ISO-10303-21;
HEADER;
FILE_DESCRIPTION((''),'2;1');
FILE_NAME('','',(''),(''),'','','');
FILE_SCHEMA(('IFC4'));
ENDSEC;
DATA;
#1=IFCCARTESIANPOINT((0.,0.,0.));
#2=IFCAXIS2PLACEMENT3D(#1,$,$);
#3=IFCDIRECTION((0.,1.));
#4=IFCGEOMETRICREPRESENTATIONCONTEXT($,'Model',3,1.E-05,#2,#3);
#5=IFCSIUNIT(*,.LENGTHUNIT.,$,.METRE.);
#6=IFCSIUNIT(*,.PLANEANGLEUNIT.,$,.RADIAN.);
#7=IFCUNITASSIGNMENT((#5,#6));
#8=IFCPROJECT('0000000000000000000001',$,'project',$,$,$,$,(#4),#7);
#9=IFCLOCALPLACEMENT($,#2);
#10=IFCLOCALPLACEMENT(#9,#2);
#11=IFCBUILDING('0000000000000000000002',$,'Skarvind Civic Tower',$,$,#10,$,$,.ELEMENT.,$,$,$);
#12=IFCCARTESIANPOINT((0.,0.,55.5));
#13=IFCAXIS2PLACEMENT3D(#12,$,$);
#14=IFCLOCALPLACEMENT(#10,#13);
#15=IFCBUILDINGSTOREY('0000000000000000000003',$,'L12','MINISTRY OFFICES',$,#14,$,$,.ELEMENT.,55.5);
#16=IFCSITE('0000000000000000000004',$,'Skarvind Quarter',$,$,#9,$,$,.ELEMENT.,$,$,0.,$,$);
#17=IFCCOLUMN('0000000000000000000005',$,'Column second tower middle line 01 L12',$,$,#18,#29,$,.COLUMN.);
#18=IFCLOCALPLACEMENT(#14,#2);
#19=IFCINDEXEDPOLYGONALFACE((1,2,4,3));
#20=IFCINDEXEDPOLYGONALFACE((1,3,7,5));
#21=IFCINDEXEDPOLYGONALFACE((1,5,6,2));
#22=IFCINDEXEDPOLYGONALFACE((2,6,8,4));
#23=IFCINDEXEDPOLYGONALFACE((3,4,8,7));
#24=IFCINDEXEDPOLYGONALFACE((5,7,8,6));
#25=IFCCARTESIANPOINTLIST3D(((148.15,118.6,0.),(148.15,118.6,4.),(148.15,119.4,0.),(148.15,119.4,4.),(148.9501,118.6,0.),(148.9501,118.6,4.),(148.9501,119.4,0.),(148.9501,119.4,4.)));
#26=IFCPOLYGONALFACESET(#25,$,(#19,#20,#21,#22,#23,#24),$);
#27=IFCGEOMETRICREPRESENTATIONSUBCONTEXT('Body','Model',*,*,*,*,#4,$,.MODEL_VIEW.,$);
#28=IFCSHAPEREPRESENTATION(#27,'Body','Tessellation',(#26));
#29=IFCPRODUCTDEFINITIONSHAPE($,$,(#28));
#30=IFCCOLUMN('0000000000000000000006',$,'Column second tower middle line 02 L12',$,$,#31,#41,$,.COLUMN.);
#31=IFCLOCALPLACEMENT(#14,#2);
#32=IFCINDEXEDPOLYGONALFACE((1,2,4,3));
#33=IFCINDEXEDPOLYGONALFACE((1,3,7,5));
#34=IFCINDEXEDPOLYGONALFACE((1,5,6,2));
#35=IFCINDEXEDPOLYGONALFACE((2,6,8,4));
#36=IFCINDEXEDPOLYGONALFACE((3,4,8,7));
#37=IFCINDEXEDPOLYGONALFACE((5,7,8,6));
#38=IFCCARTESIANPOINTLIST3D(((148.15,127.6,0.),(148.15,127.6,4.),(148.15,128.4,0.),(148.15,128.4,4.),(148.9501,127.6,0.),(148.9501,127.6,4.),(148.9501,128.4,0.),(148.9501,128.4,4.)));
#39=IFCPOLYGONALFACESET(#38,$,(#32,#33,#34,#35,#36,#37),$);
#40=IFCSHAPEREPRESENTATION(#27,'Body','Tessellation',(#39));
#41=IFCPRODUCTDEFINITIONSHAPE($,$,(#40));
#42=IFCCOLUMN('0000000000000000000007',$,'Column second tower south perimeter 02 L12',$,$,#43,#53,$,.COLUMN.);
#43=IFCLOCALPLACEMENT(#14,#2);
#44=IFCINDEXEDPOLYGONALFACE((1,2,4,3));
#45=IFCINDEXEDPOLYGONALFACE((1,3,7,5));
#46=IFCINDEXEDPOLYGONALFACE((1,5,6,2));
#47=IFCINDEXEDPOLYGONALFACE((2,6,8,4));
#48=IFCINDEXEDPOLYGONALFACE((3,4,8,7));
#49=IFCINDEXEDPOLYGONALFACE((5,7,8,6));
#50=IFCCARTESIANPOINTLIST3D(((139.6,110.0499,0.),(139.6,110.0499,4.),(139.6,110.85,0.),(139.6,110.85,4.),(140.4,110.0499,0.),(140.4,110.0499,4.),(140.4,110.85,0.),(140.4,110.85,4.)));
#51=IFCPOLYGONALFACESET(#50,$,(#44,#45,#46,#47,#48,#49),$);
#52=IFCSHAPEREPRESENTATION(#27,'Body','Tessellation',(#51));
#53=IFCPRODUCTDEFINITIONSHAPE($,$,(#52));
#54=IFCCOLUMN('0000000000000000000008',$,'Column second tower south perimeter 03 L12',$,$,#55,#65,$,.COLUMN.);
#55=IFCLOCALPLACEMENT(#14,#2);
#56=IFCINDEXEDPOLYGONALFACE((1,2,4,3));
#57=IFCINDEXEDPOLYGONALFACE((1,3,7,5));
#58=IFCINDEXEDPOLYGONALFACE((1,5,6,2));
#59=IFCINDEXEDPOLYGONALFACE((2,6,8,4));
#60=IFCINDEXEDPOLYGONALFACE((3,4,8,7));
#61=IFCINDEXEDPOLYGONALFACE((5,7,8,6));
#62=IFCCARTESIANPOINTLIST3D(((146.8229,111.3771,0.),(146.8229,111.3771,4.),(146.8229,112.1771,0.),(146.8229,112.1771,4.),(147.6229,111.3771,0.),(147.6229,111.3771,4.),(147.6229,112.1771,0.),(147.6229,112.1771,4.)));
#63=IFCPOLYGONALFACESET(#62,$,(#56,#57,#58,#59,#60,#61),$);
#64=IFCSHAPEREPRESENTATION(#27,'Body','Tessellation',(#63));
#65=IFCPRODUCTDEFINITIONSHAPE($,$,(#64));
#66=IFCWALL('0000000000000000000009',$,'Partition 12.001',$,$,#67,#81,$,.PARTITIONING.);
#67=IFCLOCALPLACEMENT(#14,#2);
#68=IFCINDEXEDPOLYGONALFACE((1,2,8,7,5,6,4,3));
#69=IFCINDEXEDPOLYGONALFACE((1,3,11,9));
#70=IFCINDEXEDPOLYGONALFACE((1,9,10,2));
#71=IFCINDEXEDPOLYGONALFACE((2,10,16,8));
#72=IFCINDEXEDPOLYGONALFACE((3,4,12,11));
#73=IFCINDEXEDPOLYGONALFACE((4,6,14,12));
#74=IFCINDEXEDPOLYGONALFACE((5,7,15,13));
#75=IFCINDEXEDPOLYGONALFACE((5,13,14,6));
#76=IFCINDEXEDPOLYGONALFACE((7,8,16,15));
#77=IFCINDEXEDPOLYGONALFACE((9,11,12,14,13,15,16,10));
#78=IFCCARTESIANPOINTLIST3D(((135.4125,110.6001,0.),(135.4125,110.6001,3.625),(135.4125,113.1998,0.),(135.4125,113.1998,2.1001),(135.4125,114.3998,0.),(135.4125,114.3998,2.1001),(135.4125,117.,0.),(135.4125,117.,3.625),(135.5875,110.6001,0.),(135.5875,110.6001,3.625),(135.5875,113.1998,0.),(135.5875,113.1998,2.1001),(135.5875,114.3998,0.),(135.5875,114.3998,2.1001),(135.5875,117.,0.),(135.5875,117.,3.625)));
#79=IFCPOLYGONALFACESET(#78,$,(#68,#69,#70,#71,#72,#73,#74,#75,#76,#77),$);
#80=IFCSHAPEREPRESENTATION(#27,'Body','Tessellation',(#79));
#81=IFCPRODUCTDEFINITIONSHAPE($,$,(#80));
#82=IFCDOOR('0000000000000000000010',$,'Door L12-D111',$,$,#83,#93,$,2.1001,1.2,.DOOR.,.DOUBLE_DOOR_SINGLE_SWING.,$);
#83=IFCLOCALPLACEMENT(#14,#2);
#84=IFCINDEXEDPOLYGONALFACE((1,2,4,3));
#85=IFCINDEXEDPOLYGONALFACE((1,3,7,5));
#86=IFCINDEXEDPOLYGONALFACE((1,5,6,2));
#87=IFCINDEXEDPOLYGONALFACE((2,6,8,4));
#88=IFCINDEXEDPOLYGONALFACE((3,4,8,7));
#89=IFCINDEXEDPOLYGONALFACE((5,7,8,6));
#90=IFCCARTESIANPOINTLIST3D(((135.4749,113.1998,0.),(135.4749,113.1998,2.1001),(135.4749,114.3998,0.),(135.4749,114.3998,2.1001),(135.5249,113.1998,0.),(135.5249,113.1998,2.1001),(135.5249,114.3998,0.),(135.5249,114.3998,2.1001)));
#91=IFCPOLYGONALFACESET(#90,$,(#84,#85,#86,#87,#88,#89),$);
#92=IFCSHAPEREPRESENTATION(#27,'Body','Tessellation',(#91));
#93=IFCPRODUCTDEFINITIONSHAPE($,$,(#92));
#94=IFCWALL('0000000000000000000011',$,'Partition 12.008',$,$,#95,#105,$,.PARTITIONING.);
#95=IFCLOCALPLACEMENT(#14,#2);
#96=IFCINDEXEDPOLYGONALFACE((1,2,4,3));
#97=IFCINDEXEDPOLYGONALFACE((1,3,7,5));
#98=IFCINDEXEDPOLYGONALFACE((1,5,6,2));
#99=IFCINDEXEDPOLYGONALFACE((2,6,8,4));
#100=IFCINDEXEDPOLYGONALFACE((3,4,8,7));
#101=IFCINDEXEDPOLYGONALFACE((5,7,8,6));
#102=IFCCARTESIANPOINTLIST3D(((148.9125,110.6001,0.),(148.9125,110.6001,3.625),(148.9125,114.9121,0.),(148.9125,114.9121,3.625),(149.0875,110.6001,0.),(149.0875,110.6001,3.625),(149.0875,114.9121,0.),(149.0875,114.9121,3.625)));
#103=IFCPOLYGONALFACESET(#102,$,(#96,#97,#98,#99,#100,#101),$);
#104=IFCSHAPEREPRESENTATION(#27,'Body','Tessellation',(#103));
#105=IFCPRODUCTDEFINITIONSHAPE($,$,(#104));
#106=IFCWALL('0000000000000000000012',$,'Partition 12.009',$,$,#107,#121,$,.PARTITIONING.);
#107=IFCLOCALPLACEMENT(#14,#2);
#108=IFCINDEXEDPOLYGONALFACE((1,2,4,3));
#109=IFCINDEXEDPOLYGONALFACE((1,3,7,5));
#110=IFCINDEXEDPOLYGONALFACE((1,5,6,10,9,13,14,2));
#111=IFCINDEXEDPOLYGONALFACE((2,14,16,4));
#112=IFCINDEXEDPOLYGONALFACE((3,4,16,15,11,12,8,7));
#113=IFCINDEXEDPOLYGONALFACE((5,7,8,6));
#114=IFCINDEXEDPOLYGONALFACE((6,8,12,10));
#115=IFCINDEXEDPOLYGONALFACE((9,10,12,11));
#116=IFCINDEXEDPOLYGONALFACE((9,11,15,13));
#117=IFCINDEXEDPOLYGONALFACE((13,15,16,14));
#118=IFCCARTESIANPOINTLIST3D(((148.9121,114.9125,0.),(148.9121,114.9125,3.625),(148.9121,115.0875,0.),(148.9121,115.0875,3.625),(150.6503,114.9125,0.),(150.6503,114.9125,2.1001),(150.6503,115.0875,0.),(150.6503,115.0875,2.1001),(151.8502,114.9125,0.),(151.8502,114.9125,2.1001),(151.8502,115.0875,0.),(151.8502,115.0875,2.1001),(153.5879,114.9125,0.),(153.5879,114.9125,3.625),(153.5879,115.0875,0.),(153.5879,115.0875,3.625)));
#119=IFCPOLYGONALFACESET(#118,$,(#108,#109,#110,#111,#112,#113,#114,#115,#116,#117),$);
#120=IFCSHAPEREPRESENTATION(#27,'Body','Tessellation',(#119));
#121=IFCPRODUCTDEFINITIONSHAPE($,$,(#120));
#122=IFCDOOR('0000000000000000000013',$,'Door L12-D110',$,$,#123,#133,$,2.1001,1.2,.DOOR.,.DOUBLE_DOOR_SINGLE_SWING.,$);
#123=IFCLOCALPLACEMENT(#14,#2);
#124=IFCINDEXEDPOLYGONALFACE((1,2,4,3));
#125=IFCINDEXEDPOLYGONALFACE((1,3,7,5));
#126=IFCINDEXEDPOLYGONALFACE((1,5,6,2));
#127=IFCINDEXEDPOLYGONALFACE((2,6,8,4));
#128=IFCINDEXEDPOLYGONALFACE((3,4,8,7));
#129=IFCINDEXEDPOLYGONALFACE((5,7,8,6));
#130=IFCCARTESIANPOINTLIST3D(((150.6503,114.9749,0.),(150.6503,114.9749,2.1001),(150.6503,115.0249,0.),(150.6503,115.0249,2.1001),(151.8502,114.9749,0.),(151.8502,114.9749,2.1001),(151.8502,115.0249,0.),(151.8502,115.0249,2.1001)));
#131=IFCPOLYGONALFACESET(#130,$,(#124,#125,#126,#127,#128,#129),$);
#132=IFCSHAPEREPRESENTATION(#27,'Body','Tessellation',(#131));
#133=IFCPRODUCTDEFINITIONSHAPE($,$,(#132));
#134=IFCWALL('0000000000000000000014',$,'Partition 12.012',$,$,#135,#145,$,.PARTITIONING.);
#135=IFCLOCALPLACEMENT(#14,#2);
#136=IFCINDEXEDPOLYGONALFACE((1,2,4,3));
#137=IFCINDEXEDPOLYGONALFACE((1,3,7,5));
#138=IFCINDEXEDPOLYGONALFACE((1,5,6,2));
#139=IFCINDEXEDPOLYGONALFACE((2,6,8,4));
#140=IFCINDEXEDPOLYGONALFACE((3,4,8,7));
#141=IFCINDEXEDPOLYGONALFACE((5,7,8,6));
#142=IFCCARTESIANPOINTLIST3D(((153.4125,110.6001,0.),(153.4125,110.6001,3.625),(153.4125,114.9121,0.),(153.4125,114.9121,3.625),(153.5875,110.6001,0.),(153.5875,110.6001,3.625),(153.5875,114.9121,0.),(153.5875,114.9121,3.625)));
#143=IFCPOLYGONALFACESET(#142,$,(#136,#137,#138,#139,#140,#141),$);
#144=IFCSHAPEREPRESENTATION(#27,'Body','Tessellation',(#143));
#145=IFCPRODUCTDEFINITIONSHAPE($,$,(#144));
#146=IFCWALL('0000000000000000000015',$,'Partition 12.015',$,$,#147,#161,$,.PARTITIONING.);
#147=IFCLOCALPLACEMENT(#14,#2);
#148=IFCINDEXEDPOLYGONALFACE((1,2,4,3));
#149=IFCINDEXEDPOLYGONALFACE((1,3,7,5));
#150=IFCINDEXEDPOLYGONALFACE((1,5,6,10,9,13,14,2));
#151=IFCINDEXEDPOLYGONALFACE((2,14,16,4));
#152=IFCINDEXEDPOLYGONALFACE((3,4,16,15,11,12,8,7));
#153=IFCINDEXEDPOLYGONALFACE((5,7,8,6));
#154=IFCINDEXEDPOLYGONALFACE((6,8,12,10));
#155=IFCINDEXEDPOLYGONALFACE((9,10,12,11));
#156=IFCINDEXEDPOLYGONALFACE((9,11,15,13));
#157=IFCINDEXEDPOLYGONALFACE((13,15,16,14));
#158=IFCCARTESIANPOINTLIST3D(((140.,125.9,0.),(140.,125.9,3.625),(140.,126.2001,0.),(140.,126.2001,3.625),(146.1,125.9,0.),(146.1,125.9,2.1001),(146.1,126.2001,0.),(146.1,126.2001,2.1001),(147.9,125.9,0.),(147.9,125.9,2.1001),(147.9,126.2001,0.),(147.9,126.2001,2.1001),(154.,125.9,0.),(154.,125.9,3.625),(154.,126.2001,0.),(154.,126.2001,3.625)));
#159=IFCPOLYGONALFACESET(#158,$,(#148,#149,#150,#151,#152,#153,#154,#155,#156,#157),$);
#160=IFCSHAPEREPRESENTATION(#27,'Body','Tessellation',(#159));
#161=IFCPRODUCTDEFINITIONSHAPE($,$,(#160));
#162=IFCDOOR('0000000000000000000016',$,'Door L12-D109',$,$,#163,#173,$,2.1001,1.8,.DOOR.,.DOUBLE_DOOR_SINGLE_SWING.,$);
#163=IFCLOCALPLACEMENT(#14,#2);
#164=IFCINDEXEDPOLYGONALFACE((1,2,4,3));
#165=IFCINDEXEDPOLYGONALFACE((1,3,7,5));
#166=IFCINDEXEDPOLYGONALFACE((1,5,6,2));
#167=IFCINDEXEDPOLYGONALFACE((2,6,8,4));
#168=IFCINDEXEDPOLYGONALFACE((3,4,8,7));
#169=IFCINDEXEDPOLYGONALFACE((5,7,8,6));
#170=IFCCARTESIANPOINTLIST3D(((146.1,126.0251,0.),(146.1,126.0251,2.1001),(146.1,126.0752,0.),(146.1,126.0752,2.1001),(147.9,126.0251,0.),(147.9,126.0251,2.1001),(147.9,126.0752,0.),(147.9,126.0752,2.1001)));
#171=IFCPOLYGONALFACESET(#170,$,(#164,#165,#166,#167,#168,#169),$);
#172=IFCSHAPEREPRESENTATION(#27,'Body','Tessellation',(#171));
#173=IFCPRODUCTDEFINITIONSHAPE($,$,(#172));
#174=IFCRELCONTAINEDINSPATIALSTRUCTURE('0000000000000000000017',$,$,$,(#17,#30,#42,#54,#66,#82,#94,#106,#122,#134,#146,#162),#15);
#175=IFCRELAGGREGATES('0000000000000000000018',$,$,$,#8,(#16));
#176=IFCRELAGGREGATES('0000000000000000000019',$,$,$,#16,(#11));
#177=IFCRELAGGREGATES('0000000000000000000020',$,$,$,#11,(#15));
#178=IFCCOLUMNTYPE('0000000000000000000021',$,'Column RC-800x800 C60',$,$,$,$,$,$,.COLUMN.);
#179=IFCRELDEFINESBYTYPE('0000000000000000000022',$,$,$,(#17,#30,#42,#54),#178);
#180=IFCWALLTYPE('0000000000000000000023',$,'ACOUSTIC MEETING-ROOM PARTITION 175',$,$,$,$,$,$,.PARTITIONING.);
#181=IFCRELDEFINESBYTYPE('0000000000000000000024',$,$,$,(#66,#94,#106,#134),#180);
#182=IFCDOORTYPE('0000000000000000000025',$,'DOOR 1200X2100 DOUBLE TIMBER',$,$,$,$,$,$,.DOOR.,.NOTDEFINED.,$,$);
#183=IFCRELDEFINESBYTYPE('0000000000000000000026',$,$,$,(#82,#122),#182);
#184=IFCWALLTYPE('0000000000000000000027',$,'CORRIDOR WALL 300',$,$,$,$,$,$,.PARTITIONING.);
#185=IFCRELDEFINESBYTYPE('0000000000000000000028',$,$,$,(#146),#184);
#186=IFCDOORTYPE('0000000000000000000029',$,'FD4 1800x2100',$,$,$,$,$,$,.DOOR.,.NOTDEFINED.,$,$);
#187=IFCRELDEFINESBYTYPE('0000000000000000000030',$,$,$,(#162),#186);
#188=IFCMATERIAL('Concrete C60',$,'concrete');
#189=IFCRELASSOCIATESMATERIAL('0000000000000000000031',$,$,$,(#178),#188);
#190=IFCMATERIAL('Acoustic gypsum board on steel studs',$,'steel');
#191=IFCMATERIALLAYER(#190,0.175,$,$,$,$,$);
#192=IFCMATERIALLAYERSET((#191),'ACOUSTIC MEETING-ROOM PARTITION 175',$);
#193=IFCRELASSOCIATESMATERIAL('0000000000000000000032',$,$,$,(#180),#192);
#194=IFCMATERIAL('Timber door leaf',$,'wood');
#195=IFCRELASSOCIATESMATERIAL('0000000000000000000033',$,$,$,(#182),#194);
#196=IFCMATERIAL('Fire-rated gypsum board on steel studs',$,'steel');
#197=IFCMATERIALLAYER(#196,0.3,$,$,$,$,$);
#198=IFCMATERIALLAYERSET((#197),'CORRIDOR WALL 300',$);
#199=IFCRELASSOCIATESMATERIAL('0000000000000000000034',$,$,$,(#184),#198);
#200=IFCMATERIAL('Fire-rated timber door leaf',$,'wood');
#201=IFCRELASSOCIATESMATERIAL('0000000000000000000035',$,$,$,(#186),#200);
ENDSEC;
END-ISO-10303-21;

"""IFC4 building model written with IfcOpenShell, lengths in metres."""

from ifc_helpers import new_model, si_unit, direction, frame, frame_2d, origin, origin_2d, place, context, subcontext, project, spatial, rectangle, extrude, material, layer, layer_set, material_profile, profile_set, type_object, element, fill, save


model = new_model("IFC4")

# Units and contexts
model_context = context("Model", 3, precision=1e-05, world=origin(), true_north=direction((0.0, 1.0)))
body_context = subcontext(model_context, "Body", "Model", "MODEL_VIEW")
ifc_project = project(units=[si_unit("LENGTHUNIT", "METRE"), si_unit("PLANEANGLEUNIT", "RADIAN")], contexts=[model_context])

# Site, building, storey
site_placement = place(None, origin())
site = spatial("IfcSite", under=ifc_project, at=site_placement, Name="Skarvind Quarter", CompositionType="ELEMENT", RefElevation=0.0)
building_placement = place(site_placement, origin())
building = spatial("IfcBuilding", under=site, at=building_placement, Name="Skarvind Civic Tower", CompositionType="ELEMENT")
storey_placement = place(building_placement, frame((0.0, 0.0, 55.5)))
storey = spatial("IfcBuildingStorey", under=building, at=storey_placement, Name="L12", Description="MINISTRY OFFICES", CompositionType="ELEMENT", Elevation=55.5)

# Columns
ifc_material_1 = material(Name="Concrete C60", Category="concrete")
ifc_material_profile = material_profile(ifc_material_1, rectangle(XDim=0.8, YDim=0.8, at=origin_2d()), Name="RC-800x800")
ifc_profile_set = profile_set([ifc_material_profile], Name="Concrete C60")
column_type = type_object("IfcColumnType", Name="Column RC-800x800 C60", PredefinedType="COLUMN", material=ifc_profile_set)
for number, where, z_axis, x_axis, name in (
    (1, (148.55, 119.0, 0.0), (0.0, 0.0, 1.0), (1.0, 0.0, 0.0), "Column second tower middle line 01 L12"),
    (2, (148.55, 128.0, 0.0), (0.0, 0.0, 1.0), (1.0, 0.0, 0.0), "Column second tower middle line 02 L12"),
    (3, (140.0, 110.45, 0.0), (0.0, 0.0, 1.0), (1.0, 0.0, 0.0), "Column second tower south perimeter 02 L12"),
    (4, (147.2229, 111.7771, 0.0), (0.0, 0.0, 1.0), (1.0, 0.0, 0.0), "Column second tower south perimeter 03 L12"),
):
    element("IfcColumn", number, at=place(storey_placement, frame(where, z_axis=z_axis, x_axis=x_axis)), inside=storey, type_object=column_type, Name=name, PredefinedType="COLUMN", context=body_context, shape_type="SweptSolid", body=[
        extrude(rectangle(XDim=0.8, YDim=0.8, at=origin_2d()), origin(), (0.0, 0.0, 1.0), 4.0),
    ])

# Wall, opening, door
ifc_material_2 = material(Name="Acoustic gypsum board on steel studs", Category="steel")
ifc_layer_1 = layer(ifc_material_2, 0.175)
ifc_layer_set_1 = layer_set([ifc_layer_1], Name="ACOUSTIC MEETING-ROOM PARTITION 175")
wall_type_1 = type_object("IfcWallType", Name="ACOUSTIC MEETING-ROOM PARTITION 175", PredefinedType="PARTITIONING", material=ifc_layer_set_1)
wall_1_placement = place(storey_placement, frame((135.5, 117.0, 0.0), z_axis=(0.0, 0.0, 1.0), x_axis=(0.0, -1.0, 0.0)))
wall_1 = element("IfcWall", 5, at=wall_1_placement, inside=storey, type_object=wall_type_1, Name="Partition 12.001", PredefinedType="PARTITIONING", context=body_context, shape_type="SweptSolid", body=[
    extrude(rectangle(XDim=6.3999, YDim=0.175, at=frame_2d((3.2, 0.0))), origin(), (0.0, 0.0, 1.0), 3.625),
])
opening_1_placement = place(wall_1_placement, frame((2.6001, 0.0, 0.0)))
opening_1 = element("IfcOpeningElement", 6, at=opening_1_placement, cuts=wall_1, PredefinedType="OPENING", context=body_context, shape_type="SweptSolid", body=[
    extrude(rectangle(XDim=1.2, YDim=2.1001, at=frame_2d((0.6001, 1.05))), frame((0.0, 0.0974, 0.0), z_axis=(0.0, -1.0, 0.0), x_axis=(1.0, 0.0, 0.0)), (0.0, 0.0, 1.0), 0.1951),
])
ifc_material_3 = material(Name="Timber door leaf", Category="wood")
door_type_1 = type_object("IfcDoorType", Name="DOOR 1200X2100 DOUBLE TIMBER", OperationType="NOTDEFINED", PredefinedType="DOOR", material=ifc_material_3)
door_1_placement = place(opening_1_placement, origin())
door_1 = element("IfcDoor", 7, at=door_1_placement, inside=storey, type_object=door_type_1, Name="Door L12-D111", OperationType="DOUBLE_DOOR_SINGLE_SWING", OverallHeight=2.1001, OverallWidth=1.2, PredefinedType="DOOR", context=body_context, shape_type="SweptSolid", body=[
    extrude(rectangle(XDim=1.2, YDim=2.1001, at=frame_2d((0.6001, 1.05))), frame((0.0, 0.0249, 0.0), z_axis=(0.0, -1.0, 0.0), x_axis=(1.0, 0.0, 0.0)), (0.0, 0.0, 1.0), 0.05),
])
fill(opening_1, door_1)

# Wall
wall_2_placement = place(storey_placement, frame((149.0, 110.6001, 0.0), z_axis=(0.0, 0.0, 1.0), x_axis=(0.0, 1.0, 0.0)))
element("IfcWall", 8, at=wall_2_placement, inside=storey, type_object=wall_type_1, Name="Partition 12.008", PredefinedType="PARTITIONING", context=body_context, shape_type="SweptSolid", body=[
    extrude(rectangle(XDim=4.312, YDim=0.175, at=frame_2d((2.156, 0.0))), origin(), (0.0, 0.0, 1.0), 3.625),
])

# Wall, opening, door
wall_3_placement = place(storey_placement, frame((148.9121, 115.0, 0.0), z_axis=(0.0, 0.0, 1.0), x_axis=(1.0, 0.0, 0.0)))
wall_3 = element("IfcWall", 9, at=wall_3_placement, inside=storey, type_object=wall_type_1, Name="Partition 12.009", PredefinedType="PARTITIONING", context=body_context, shape_type="SweptSolid", body=[
    extrude(rectangle(XDim=4.6758, YDim=0.175, at=frame_2d((2.3379, 0.0))), origin(), (0.0, 0.0, 1.0), 3.625),
])
opening_2_placement = place(wall_3_placement, frame((1.738, 0.0, 0.0)))
opening_2 = element("IfcOpeningElement", 10, at=opening_2_placement, cuts=wall_3, PredefinedType="OPENING", context=body_context, shape_type="SweptSolid", body=[
    extrude(rectangle(XDim=1.2, YDim=2.1001, at=frame_2d((0.6001, 1.05))), frame((0.0, 0.0974, 0.0), z_axis=(0.0, -1.0, 0.0), x_axis=(1.0, 0.0, 0.0)), (0.0, 0.0, 1.0), 0.1951),
])
door_2_placement = place(opening_2_placement, origin())
door_2 = element("IfcDoor", 11, at=door_2_placement, inside=storey, type_object=door_type_1, Name="Door L12-D110", OperationType="DOUBLE_DOOR_SINGLE_SWING", OverallHeight=2.1001, OverallWidth=1.2, PredefinedType="DOOR", context=body_context, shape_type="SweptSolid", body=[
    extrude(rectangle(XDim=1.2, YDim=2.1001, at=frame_2d((0.6001, 1.05))), frame((0.0, 0.0249, 0.0), z_axis=(0.0, -1.0, 0.0), x_axis=(1.0, 0.0, 0.0)), (0.0, 0.0, 1.0), 0.05),
])
fill(opening_2, door_2)

# Wall
wall_4_placement = place(storey_placement, frame((153.5, 114.9121, 0.0), z_axis=(0.0, 0.0, 1.0), x_axis=(0.0, -1.0, 0.0)))
element("IfcWall", 12, at=wall_4_placement, inside=storey, type_object=wall_type_1, Name="Partition 12.012", PredefinedType="PARTITIONING", context=body_context, shape_type="SweptSolid", body=[
    extrude(rectangle(XDim=4.312, YDim=0.175, at=frame_2d((2.156, 0.0))), origin(), (0.0, 0.0, 1.0), 3.625),
])

# Wall, opening, door
ifc_material_4 = material(Name="Fire-rated gypsum board on steel studs", Category="steel")
ifc_layer_2 = layer(ifc_material_4, 0.3)
ifc_layer_set_2 = layer_set([ifc_layer_2], Name="CORRIDOR WALL 300")
wall_type_2 = type_object("IfcWallType", Name="CORRIDOR WALL 300", PredefinedType="PARTITIONING", material=ifc_layer_set_2)
wall_5_placement = place(storey_placement, frame((154.0, 126.05, 0.0), z_axis=(0.0, 0.0, 1.0), x_axis=(-1.0, 0.0, 0.0)))
wall_5 = element("IfcWall", 13, at=wall_5_placement, inside=storey, type_object=wall_type_2, Name="Partition 12.015", PredefinedType="PARTITIONING", context=body_context, shape_type="SweptSolid", body=[
    extrude(rectangle(XDim=14.0, YDim=0.3, at=frame_2d((7.0, 0.0))), origin(), (0.0, 0.0, 1.0), 3.625),
])
opening_3_placement = place(wall_5_placement, frame((6.1001, 0.0, 0.0)))
opening_3 = element("IfcOpeningElement", 14, at=opening_3_placement, cuts=wall_5, PredefinedType="OPENING", context=body_context, shape_type="SweptSolid", body=[
    extrude(rectangle(XDim=1.8, YDim=2.1001, at=frame_2d((0.8999, 1.05))), frame((0.0, 0.1599, 0.0), z_axis=(0.0, -1.0, 0.0), x_axis=(1.0, 0.0, 0.0)), (0.0, 0.0, 1.0), 0.3201),
])
ifc_material_5 = material(Name="Fire-rated timber door leaf", Category="wood")
door_type_2 = type_object("IfcDoorType", Name="FD4 1800x2100", OperationType="NOTDEFINED", PredefinedType="DOOR", material=ifc_material_5)
door_3_placement = place(opening_3_placement, origin())
door_3 = element("IfcDoor", 15, at=door_3_placement, inside=storey, type_object=door_type_2, Name="Door L12-D109", OperationType="DOUBLE_DOOR_SINGLE_SWING", OverallHeight=2.1001, OverallWidth=1.8, PredefinedType="DOOR", context=body_context, shape_type="SweptSolid", body=[
    extrude(rectangle(XDim=1.8, YDim=2.1001, at=frame_2d((0.8999, 1.05))), frame((0.0, 0.0249, 0.0), z_axis=(0.0, -1.0, 0.0), x_axis=(1.0, 0.0, 0.0)), (0.0, 0.0, 1.0), 0.05),
])
fill(opening_3, door_3)

save(model, "model.ifc")
